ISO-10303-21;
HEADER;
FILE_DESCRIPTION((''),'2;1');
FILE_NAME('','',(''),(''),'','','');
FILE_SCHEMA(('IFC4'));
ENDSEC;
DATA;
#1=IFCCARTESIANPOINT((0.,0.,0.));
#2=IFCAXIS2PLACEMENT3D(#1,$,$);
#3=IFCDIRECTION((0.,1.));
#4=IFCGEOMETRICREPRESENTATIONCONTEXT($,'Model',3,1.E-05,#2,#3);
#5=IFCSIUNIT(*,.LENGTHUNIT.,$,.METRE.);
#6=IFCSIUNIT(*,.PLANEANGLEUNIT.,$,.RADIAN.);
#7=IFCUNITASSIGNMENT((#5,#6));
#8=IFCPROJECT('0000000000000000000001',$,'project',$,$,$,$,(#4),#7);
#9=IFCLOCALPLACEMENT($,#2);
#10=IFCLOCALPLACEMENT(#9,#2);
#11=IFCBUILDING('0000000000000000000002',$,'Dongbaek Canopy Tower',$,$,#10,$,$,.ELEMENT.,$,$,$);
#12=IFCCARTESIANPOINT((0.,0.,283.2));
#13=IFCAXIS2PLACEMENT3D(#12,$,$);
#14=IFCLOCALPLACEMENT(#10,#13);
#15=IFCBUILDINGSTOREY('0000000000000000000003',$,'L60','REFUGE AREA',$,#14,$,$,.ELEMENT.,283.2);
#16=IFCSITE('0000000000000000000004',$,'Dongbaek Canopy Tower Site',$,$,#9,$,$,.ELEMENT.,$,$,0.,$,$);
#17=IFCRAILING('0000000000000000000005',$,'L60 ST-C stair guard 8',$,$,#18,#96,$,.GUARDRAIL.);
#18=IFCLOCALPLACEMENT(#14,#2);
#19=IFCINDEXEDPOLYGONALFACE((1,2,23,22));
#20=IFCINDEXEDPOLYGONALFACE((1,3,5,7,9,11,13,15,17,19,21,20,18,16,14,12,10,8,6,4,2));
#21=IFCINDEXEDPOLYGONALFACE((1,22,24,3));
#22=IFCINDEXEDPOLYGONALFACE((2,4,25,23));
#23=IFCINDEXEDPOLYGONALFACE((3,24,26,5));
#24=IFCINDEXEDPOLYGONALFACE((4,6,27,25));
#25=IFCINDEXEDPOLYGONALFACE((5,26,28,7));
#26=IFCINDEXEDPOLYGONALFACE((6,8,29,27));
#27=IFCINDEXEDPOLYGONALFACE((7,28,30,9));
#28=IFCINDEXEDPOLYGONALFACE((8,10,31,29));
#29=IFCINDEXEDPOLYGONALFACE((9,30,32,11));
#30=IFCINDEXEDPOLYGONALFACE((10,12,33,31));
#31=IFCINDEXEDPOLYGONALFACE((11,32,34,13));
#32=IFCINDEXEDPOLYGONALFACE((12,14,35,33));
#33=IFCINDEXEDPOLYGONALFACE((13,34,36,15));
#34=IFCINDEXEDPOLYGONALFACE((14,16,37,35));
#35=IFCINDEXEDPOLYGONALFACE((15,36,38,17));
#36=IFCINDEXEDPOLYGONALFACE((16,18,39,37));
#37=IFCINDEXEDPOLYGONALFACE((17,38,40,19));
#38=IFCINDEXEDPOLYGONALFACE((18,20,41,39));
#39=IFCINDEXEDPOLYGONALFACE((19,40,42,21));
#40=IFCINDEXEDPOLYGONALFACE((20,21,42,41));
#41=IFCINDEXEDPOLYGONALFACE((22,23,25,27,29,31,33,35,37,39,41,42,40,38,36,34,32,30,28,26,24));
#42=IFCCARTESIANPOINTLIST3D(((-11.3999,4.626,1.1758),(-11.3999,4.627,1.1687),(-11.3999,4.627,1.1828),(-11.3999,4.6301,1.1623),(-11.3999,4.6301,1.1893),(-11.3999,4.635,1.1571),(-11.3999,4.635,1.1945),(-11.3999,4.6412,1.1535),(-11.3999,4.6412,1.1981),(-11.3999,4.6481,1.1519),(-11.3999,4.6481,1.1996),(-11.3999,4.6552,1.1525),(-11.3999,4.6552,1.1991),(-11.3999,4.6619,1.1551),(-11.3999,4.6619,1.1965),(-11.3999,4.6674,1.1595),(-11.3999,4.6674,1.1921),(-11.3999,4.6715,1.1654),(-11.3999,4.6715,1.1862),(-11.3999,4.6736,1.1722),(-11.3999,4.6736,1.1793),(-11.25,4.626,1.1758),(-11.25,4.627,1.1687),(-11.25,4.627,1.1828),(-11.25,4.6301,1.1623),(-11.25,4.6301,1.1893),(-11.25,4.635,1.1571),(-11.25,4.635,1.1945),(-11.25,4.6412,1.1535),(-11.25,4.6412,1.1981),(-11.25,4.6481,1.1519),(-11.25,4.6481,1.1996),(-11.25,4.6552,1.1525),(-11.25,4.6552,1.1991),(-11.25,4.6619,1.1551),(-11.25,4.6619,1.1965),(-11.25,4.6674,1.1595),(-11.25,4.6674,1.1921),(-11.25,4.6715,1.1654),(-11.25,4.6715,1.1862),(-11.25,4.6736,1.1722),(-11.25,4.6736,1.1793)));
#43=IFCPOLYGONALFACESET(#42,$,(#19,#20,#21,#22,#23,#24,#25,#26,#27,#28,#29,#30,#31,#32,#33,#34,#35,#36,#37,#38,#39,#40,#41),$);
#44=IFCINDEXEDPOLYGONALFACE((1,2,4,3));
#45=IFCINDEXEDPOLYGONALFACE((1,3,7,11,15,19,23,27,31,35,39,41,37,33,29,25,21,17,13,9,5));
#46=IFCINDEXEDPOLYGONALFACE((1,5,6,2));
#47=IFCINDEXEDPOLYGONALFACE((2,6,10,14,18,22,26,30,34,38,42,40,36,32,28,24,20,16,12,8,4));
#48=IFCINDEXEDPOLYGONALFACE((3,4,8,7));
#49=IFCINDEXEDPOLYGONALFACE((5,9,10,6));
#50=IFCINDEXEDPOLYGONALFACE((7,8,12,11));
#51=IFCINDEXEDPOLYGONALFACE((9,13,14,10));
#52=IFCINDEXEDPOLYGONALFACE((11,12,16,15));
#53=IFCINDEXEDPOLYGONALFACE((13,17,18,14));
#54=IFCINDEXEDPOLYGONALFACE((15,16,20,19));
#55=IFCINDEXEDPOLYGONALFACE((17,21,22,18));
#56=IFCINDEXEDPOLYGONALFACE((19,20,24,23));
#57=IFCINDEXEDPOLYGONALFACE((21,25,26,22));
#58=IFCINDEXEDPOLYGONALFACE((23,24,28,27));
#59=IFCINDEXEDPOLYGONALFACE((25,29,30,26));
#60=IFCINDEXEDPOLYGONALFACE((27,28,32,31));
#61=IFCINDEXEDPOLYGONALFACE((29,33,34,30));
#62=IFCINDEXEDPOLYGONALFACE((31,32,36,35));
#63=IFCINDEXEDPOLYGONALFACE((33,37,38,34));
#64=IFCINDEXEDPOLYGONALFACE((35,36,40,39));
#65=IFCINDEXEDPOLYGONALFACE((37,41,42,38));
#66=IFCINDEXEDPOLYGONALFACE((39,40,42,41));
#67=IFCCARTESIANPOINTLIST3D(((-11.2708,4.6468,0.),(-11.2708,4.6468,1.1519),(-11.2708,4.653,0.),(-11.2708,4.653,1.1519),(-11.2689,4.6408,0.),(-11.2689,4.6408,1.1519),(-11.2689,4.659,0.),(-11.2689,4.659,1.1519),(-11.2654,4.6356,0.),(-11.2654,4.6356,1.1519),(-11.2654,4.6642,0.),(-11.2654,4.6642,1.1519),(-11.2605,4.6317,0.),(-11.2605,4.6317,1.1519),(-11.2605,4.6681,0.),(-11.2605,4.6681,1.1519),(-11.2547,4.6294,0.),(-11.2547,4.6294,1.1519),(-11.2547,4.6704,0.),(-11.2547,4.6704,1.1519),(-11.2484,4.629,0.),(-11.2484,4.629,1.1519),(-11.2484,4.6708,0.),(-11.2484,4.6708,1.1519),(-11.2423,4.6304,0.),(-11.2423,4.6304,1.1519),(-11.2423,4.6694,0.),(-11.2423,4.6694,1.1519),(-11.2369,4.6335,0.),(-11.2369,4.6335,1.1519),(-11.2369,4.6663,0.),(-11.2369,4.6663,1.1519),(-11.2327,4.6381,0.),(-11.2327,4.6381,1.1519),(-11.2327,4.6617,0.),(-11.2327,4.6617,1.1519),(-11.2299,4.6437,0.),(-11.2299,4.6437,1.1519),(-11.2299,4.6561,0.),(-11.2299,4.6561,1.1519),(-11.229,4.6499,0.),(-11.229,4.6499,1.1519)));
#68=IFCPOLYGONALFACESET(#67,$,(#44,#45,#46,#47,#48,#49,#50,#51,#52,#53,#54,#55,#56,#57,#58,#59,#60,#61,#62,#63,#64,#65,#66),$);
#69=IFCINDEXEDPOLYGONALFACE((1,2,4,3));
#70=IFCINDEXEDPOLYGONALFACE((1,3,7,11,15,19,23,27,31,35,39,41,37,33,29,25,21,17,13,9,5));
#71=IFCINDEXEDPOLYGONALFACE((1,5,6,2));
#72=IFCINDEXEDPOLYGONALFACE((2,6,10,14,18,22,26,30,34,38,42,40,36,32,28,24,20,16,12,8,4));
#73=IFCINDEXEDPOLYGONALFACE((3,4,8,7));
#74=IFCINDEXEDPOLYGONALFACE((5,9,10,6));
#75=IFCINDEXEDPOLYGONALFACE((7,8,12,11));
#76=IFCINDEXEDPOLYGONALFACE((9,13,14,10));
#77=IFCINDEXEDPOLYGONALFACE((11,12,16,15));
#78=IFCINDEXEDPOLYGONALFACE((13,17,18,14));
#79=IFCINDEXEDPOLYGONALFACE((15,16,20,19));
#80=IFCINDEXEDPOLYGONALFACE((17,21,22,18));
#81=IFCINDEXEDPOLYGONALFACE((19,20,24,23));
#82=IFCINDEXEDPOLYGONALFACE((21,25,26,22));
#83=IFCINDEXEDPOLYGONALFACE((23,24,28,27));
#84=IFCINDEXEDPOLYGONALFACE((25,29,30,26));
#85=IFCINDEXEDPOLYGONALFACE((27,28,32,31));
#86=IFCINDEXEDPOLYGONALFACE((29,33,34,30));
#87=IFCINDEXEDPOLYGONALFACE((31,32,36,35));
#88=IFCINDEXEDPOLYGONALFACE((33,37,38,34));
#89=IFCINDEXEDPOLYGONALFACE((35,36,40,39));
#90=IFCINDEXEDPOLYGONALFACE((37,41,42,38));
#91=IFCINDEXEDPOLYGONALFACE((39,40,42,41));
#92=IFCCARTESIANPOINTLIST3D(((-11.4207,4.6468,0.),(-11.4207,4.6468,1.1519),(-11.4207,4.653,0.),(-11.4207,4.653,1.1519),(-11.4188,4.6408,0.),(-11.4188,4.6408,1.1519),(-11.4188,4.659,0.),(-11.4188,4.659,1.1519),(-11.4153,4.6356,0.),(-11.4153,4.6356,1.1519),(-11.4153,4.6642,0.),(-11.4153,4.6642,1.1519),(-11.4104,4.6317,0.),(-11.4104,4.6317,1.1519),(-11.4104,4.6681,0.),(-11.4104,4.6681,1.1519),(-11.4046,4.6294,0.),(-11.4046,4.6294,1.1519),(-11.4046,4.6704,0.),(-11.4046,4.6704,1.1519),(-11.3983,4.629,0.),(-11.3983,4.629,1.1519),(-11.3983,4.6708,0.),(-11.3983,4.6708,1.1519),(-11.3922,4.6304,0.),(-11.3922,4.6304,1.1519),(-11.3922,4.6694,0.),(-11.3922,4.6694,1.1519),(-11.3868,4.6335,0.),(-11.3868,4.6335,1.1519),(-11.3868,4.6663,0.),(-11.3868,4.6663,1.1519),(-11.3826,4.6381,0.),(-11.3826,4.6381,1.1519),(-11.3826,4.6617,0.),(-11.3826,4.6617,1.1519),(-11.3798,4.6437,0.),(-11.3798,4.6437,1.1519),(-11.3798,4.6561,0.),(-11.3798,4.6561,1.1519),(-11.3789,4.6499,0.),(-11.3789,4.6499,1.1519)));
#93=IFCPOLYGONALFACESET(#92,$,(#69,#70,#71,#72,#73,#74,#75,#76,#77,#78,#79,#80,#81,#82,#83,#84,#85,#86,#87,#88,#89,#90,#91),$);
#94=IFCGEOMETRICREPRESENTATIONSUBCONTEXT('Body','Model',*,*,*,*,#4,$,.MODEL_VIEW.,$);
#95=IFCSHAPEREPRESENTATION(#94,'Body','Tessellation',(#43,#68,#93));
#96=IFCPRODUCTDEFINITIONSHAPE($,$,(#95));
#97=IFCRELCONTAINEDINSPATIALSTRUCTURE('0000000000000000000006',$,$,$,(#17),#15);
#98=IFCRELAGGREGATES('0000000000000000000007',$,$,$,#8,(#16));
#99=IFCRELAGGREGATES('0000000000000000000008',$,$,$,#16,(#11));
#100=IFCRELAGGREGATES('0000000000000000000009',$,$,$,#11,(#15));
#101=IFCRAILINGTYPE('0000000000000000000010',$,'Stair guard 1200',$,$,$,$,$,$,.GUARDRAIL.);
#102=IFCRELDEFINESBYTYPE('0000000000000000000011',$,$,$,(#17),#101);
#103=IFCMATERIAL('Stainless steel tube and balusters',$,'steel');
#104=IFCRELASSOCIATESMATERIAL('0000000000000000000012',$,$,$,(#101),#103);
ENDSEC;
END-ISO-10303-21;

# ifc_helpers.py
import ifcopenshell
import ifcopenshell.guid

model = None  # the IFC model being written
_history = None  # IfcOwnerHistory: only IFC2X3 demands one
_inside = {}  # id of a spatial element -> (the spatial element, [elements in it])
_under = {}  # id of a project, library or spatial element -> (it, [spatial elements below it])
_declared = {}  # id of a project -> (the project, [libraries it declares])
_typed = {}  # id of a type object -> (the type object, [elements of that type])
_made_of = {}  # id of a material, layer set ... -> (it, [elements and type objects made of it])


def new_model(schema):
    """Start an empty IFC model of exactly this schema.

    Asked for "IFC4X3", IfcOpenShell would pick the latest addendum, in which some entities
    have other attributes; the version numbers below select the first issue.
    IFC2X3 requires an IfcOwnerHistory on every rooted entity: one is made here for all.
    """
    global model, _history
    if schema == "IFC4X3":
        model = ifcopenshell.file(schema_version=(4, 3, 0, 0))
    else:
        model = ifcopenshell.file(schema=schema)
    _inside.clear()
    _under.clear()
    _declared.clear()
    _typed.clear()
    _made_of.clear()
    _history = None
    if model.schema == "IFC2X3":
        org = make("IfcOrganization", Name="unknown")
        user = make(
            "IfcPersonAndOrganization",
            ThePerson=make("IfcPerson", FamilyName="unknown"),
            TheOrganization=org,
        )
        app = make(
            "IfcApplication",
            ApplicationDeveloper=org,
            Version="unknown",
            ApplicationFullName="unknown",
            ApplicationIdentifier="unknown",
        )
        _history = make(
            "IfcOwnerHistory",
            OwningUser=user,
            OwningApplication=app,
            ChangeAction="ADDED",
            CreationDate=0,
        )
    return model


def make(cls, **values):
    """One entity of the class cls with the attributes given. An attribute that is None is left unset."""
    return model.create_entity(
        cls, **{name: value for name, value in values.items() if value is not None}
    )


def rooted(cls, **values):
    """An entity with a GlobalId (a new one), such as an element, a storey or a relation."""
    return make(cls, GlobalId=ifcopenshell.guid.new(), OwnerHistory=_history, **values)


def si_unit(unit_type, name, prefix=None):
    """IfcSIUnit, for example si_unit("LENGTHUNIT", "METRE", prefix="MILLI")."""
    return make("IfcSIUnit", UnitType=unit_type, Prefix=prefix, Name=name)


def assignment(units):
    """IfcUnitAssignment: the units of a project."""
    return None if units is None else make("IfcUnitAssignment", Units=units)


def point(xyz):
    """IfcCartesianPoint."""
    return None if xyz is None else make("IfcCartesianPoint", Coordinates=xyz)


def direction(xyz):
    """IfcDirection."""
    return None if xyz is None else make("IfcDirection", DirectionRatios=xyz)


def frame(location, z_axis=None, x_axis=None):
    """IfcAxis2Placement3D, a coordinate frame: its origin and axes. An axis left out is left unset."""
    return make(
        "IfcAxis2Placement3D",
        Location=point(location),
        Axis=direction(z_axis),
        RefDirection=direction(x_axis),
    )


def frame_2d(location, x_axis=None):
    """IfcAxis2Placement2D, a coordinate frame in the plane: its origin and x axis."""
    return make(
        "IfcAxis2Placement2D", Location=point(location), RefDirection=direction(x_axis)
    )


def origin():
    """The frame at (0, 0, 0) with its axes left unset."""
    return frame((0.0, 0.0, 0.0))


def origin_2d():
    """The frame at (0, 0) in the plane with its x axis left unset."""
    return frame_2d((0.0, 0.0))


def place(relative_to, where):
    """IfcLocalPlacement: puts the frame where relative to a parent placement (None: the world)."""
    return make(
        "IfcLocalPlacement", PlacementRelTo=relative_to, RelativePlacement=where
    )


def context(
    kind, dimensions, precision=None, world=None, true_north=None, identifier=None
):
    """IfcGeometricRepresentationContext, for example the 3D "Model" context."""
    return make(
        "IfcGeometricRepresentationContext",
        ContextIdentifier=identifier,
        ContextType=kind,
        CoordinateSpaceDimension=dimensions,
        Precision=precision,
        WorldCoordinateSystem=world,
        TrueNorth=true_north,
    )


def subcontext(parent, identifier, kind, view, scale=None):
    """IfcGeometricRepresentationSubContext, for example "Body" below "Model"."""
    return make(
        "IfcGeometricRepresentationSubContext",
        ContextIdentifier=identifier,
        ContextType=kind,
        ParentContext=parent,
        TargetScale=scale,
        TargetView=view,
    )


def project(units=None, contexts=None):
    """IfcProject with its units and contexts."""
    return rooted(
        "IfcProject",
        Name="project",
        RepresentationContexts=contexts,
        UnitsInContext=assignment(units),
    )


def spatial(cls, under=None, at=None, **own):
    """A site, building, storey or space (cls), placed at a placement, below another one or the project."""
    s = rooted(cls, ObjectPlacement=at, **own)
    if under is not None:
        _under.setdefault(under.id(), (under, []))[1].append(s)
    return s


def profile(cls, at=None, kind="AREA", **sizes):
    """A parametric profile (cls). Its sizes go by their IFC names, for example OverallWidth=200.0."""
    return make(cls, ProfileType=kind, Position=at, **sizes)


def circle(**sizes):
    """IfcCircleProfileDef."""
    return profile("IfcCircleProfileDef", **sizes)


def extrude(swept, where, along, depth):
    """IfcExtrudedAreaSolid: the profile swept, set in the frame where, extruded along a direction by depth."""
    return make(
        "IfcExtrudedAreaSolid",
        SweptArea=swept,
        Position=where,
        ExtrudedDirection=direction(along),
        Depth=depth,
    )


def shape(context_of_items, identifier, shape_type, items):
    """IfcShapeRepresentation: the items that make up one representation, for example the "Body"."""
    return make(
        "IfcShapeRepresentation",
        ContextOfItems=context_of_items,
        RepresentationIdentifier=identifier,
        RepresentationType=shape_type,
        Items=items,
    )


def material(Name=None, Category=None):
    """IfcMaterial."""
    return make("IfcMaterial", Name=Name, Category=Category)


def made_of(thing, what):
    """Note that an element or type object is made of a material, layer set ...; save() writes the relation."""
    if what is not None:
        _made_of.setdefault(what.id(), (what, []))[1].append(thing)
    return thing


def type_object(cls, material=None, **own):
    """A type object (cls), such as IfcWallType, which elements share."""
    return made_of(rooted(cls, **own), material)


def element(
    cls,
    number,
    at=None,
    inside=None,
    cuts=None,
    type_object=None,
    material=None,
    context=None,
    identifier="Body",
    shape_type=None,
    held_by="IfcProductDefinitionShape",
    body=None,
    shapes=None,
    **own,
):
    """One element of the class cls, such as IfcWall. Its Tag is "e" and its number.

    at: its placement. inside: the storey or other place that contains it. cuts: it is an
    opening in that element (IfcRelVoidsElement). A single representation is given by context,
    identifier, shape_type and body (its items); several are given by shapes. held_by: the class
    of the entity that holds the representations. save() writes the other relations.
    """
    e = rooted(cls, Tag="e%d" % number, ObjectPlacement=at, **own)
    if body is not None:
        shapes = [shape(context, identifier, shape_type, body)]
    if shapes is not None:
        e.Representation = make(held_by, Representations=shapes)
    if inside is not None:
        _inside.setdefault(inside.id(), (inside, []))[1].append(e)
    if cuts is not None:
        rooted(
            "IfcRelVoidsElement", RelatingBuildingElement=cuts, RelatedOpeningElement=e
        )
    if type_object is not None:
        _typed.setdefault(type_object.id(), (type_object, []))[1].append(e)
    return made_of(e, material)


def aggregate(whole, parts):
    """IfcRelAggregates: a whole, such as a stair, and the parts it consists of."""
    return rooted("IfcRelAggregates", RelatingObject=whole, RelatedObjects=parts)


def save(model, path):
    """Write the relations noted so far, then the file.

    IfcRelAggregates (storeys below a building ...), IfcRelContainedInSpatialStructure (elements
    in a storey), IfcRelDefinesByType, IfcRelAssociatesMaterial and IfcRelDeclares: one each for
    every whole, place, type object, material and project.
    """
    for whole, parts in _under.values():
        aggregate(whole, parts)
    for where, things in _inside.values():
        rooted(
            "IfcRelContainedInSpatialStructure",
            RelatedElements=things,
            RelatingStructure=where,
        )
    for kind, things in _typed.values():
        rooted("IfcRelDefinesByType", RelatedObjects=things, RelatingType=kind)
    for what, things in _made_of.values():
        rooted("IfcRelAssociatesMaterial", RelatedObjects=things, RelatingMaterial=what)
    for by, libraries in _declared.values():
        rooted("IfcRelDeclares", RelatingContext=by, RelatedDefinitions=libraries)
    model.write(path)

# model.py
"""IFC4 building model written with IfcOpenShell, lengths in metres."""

from ifc_helpers import new_model, si_unit, direction, frame, origin, origin_2d, place, context, subcontext, project, spatial, circle, extrude, material, type_object, element, save


model = new_model("IFC4")

# Units and contexts
model_context = context("Model", 3, precision=1e-05, world=origin(), true_north=direction((0.0, 1.0)))
body_context = subcontext(model_context, "Body", "Model", "MODEL_VIEW")
ifc_project = project(units=[si_unit("LENGTHUNIT", "METRE"), si_unit("PLANEANGLEUNIT", "RADIAN")], contexts=[model_context])

# Site, building, storey
site_placement = place(None, origin())
site = spatial("IfcSite", under=ifc_project, at=site_placement, Name="Dongbaek Canopy Tower Site", CompositionType="ELEMENT", RefElevation=0.0)
building_placement = place(site_placement, origin())
building = spatial("IfcBuilding", under=site, at=building_placement, Name="Dongbaek Canopy Tower", CompositionType="ELEMENT")
storey_placement = place(building_placement, frame((0.0, 0.0, 283.2)))
storey = spatial("IfcBuildingStorey", under=building, at=storey_placement, Name="L60", Description="REFUGE AREA", CompositionType="ELEMENT", Elevation=283.2)

# Railing
ifc_material_1 = material(Name="Stainless steel tube and balusters", Category="steel")
railing_type = type_object("IfcRailingType", Name="Stair guard 1200", PredefinedType="GUARDRAIL", material=ifc_material_1)
railing_1_placement = place(storey_placement, frame((-11.25, 4.6499, 0.0)))
element("IfcRailing", 1, at=railing_1_placement, inside=storey, type_object=railing_type, Name="L60 ST-C stair guard 8", PredefinedType="GUARDRAIL", context=body_context, shape_type="SweptSolid", body=[
    extrude(circle(Radius=0.0239, at=origin_2d()), frame((0.0, 0.0, 1.1758), z_axis=(-1.0, 0.0, 0.0), x_axis=(0.0, -1.0, 0.0)), (0.0, 0.0, 1.0), 0.1499),
    extrude(circle(Radius=0.021, at=origin_2d()), origin(), (0.0, 0.0, 1.0), 1.1519),
    extrude(circle(Radius=0.021, at=origin_2d()), frame((-0.1499, 0.0, 0.0)), (0.0, 0.0, 1.0), 1.1519),
])

save(model, "model.ifc")
